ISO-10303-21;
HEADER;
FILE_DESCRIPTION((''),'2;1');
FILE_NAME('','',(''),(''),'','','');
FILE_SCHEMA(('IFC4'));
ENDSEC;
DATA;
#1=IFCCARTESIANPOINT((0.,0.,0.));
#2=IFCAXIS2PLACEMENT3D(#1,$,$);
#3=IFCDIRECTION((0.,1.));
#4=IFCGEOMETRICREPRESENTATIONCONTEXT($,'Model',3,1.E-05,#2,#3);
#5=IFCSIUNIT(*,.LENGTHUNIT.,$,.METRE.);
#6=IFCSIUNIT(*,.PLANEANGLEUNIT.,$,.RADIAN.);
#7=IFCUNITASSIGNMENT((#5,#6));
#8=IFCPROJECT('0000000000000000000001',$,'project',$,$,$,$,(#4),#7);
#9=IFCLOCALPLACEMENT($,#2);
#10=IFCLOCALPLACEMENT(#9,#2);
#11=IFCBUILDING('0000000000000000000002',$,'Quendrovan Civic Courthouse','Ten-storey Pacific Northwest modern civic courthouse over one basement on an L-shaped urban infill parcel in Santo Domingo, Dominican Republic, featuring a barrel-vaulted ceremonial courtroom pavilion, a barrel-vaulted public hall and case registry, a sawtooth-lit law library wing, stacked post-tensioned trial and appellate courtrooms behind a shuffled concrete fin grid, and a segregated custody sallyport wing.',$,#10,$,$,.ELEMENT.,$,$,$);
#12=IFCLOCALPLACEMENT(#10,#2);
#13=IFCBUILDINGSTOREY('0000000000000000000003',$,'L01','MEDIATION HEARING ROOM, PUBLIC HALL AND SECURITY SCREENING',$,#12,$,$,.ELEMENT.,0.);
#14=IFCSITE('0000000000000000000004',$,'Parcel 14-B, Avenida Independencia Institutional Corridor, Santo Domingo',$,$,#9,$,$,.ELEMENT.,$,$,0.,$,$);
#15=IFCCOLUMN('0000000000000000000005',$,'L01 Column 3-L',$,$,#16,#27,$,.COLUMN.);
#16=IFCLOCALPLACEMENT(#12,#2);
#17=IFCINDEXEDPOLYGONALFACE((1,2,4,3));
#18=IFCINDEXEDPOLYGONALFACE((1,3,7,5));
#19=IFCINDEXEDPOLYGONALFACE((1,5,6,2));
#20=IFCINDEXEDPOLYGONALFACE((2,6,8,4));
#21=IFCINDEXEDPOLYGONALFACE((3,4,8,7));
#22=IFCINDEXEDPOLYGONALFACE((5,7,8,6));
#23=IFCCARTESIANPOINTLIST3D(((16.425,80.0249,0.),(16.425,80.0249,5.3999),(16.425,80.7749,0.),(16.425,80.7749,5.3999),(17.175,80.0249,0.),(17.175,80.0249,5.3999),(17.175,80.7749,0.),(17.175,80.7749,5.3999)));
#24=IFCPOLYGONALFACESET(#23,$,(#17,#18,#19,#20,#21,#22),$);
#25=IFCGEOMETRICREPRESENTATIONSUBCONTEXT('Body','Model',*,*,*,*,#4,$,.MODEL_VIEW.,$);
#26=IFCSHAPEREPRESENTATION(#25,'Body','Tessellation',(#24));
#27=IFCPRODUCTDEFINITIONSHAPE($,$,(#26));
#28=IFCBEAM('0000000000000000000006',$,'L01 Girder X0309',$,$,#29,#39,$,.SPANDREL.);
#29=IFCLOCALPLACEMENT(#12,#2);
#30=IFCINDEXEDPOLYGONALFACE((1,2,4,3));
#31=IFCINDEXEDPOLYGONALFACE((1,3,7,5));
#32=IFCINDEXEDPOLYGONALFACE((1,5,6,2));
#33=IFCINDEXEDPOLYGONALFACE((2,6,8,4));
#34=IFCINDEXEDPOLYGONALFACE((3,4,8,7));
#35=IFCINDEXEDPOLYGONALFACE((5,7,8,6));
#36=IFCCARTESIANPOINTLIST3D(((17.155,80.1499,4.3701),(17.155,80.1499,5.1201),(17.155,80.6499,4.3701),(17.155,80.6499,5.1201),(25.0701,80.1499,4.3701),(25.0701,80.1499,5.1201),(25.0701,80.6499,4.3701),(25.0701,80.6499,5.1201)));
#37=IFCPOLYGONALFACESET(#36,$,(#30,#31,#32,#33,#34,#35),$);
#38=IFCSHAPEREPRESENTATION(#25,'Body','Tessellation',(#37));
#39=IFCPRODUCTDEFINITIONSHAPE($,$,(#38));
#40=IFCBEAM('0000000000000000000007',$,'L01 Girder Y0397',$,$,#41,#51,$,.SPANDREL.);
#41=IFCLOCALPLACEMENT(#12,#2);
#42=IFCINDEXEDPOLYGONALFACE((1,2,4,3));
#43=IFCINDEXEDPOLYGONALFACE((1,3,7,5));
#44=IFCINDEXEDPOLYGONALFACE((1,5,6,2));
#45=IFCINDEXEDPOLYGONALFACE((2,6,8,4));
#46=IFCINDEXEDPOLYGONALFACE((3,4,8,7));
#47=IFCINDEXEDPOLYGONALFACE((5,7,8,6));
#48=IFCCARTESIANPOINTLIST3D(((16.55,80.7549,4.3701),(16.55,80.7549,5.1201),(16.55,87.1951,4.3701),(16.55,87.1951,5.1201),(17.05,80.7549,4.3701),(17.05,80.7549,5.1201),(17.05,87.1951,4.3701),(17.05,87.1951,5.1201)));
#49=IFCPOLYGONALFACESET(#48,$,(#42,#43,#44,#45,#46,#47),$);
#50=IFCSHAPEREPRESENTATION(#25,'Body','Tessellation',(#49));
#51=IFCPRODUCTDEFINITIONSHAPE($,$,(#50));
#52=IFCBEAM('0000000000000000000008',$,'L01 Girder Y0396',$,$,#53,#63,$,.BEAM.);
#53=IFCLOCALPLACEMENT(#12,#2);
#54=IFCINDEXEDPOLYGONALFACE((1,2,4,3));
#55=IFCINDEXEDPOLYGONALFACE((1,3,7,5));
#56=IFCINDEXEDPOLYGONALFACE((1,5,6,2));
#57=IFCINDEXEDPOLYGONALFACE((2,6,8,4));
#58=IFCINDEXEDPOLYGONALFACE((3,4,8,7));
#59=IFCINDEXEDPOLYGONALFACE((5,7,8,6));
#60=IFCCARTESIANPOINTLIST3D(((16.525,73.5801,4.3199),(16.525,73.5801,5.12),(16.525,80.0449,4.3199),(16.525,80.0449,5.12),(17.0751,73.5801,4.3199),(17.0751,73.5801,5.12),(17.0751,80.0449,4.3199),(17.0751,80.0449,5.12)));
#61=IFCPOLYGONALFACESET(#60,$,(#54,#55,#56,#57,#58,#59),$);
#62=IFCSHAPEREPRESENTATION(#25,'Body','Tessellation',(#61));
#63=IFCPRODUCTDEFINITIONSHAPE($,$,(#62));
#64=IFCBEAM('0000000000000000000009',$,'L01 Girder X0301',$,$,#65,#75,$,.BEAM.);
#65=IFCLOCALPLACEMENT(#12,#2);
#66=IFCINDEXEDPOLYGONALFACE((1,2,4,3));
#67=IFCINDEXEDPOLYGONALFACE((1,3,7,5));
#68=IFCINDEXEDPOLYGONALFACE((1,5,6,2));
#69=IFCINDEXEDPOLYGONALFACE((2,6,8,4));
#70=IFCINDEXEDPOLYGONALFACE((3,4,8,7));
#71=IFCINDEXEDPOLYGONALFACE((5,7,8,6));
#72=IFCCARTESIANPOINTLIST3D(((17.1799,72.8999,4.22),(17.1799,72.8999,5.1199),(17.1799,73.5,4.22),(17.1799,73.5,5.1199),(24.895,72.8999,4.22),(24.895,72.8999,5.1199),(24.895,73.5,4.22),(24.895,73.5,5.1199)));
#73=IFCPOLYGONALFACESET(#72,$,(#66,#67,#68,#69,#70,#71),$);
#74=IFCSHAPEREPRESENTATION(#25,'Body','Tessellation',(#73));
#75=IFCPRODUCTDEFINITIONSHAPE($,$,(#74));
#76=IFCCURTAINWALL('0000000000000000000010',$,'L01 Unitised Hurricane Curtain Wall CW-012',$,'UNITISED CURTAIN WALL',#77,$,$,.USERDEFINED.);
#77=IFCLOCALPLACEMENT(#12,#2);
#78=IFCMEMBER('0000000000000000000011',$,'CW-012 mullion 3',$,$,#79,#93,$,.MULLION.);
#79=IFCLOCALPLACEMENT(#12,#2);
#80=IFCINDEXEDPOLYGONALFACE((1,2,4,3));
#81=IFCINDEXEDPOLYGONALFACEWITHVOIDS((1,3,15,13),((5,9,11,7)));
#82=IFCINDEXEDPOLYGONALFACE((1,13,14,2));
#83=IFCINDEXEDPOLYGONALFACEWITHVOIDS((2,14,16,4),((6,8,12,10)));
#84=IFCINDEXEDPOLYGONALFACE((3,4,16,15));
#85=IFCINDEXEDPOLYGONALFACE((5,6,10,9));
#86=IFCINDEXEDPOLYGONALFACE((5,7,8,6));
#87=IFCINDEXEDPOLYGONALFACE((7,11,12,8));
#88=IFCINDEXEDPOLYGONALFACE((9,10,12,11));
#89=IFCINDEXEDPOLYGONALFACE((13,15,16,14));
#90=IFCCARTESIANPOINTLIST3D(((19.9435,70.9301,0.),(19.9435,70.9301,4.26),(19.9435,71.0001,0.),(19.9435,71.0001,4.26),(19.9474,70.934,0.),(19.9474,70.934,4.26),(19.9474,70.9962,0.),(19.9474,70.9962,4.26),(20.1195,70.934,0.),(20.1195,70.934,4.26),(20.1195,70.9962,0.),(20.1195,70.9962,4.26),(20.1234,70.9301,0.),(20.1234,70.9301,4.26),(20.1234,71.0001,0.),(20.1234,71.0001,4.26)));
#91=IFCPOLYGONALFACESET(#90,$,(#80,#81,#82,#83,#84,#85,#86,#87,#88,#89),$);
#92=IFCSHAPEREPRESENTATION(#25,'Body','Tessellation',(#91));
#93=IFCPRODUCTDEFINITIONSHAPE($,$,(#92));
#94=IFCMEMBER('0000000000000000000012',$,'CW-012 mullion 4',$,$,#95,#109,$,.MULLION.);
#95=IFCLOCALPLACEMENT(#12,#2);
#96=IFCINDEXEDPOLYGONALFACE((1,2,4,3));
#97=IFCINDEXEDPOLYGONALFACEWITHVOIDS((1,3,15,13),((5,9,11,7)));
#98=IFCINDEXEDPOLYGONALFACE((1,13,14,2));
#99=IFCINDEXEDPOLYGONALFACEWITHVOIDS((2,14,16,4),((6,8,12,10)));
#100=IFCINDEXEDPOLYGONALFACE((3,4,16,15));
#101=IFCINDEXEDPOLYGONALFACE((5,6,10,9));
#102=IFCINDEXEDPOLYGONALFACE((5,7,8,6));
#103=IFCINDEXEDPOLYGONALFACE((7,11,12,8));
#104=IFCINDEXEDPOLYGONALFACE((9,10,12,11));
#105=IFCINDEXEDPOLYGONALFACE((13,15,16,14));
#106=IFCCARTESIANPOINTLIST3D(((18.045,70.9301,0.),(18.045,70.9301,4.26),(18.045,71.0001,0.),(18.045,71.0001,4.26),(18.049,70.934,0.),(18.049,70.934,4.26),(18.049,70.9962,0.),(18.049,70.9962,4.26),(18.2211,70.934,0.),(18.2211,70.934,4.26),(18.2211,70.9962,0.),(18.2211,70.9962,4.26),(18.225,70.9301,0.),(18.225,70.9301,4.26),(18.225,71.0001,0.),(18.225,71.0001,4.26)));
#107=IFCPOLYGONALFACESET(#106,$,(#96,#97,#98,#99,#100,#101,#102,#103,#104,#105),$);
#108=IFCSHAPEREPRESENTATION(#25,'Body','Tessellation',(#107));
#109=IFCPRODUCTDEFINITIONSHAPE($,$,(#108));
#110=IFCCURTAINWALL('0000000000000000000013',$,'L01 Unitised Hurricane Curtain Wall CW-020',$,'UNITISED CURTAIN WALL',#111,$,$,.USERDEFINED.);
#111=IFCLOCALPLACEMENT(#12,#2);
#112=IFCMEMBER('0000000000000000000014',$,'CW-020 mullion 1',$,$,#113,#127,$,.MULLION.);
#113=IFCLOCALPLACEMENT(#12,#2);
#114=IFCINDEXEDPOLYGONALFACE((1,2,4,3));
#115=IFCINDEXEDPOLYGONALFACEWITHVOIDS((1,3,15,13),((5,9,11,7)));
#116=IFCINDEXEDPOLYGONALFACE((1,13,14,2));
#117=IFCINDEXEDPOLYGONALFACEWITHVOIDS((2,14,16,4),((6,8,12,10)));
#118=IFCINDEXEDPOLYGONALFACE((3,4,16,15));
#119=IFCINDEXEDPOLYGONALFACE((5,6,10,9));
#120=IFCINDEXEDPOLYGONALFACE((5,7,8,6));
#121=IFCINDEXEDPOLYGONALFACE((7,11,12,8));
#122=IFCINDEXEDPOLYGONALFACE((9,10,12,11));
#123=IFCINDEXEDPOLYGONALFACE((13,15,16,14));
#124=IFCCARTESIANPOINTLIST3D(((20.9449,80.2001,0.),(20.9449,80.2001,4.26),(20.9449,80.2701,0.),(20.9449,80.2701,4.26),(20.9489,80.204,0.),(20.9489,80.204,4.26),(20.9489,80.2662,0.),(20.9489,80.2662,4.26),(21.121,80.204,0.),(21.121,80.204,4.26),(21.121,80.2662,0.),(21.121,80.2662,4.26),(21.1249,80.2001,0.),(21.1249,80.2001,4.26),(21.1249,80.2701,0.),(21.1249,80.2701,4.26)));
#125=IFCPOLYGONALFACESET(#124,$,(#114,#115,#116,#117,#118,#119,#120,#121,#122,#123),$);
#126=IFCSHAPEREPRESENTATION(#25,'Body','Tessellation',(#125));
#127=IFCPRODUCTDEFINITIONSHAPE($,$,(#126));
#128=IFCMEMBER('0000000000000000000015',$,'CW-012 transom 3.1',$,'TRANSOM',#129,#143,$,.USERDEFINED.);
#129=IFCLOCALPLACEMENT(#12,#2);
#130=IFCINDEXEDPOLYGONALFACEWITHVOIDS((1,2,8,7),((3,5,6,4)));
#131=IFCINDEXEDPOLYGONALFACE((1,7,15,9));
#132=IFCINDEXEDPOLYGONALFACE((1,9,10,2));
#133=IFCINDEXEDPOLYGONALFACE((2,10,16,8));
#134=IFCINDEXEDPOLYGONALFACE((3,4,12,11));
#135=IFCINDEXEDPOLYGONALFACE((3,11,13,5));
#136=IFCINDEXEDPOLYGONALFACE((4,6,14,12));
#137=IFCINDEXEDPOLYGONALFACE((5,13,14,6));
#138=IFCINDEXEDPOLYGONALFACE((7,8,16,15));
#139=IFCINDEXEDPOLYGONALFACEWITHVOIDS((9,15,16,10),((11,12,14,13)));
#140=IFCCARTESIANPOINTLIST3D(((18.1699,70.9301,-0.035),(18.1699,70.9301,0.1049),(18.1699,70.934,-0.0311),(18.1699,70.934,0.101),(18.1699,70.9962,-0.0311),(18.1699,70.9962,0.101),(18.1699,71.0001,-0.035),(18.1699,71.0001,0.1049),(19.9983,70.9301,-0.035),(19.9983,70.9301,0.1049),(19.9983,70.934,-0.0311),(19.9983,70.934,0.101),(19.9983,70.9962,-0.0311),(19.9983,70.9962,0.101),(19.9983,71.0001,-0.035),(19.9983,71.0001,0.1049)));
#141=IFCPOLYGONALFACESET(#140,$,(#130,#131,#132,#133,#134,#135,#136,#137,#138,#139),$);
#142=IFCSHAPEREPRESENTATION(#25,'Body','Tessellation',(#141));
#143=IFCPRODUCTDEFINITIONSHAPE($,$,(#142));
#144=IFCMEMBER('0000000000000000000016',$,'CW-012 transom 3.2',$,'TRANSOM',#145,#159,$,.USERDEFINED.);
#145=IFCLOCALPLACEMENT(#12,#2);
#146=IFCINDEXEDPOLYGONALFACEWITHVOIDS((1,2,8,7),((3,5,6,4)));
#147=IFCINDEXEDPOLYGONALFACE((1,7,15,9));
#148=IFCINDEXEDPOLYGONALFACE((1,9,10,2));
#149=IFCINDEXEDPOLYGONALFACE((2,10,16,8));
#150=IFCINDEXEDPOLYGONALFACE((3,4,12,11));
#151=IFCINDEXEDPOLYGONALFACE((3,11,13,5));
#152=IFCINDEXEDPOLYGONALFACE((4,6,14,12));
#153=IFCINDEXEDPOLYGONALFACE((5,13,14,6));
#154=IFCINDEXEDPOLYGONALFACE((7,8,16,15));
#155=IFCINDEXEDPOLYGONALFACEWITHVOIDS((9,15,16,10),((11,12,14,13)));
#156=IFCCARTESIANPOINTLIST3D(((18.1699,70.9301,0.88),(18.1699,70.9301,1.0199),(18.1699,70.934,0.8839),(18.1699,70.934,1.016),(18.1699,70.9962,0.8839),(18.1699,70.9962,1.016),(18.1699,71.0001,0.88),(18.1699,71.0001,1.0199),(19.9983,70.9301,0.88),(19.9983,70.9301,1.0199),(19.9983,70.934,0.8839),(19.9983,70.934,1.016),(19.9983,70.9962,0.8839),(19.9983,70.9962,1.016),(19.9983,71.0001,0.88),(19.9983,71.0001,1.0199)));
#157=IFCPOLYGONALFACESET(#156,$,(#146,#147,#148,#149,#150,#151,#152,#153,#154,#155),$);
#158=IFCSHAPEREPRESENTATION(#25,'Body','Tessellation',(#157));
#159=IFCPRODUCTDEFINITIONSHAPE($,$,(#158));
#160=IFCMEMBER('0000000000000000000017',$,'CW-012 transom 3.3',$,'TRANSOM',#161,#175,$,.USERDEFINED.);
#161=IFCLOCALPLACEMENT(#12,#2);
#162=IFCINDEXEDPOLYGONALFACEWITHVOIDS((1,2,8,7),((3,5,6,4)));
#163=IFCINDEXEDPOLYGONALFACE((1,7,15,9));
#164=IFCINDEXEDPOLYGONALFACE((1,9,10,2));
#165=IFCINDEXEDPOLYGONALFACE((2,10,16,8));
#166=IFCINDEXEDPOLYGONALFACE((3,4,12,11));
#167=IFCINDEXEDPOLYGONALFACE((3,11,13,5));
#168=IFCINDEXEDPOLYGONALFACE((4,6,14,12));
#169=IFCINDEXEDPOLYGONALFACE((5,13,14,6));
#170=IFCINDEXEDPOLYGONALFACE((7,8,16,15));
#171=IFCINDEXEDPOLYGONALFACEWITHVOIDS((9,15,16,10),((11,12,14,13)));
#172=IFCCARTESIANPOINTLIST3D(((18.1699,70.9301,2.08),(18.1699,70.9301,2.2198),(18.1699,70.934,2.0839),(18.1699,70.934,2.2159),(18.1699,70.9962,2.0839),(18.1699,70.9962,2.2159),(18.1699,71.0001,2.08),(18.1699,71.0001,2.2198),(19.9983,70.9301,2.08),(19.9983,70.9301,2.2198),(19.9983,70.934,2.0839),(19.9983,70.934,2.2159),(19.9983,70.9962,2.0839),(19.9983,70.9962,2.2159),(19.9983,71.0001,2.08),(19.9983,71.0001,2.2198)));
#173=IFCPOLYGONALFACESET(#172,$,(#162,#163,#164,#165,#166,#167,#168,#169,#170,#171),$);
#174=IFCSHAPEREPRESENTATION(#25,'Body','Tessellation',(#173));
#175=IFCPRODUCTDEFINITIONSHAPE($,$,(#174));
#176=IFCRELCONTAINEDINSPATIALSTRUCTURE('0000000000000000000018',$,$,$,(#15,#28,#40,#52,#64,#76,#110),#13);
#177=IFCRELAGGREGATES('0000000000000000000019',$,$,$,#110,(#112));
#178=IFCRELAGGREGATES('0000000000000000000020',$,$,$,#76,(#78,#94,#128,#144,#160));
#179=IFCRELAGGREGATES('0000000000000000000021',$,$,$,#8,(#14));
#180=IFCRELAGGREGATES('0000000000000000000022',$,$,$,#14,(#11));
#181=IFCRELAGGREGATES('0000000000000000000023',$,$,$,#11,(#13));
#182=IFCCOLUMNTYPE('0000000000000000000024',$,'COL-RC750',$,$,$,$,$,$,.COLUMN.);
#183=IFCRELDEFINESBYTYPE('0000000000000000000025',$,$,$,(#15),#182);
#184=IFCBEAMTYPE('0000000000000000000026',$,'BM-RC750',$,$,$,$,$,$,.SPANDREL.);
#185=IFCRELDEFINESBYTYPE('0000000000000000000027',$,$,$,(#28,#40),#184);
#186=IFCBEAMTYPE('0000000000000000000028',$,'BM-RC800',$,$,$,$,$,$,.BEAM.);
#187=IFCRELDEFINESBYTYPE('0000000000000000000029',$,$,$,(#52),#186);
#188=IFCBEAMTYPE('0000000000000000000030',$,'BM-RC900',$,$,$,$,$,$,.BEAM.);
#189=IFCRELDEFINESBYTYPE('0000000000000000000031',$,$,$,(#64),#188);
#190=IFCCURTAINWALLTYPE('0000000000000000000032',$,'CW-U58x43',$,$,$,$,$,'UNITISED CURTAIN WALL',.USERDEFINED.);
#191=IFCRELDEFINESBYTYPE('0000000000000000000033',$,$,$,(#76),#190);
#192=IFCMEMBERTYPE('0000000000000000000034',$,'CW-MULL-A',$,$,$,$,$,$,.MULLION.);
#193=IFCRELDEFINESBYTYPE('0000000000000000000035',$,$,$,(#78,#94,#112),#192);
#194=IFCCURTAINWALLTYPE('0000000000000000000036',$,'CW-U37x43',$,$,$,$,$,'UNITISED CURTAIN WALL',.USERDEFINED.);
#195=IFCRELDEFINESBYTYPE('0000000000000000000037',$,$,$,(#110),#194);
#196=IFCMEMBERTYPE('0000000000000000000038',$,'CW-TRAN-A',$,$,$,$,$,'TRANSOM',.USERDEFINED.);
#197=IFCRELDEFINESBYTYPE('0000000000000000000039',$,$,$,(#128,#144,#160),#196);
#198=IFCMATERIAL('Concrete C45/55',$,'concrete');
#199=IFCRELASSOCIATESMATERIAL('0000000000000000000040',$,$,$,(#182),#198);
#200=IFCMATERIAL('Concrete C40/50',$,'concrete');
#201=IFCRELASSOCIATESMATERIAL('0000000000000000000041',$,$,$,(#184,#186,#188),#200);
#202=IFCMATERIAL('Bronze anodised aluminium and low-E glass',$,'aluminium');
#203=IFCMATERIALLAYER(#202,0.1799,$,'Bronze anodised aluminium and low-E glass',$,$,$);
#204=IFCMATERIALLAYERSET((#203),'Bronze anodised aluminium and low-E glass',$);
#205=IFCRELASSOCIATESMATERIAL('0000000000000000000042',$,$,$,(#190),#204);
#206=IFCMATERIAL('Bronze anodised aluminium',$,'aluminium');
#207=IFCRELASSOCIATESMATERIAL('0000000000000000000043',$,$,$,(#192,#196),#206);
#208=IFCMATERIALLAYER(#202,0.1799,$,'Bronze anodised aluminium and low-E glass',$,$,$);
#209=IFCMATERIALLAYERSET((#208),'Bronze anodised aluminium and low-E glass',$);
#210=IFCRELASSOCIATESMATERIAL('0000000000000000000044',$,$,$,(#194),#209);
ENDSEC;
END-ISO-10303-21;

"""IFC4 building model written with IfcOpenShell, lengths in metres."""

from ifc_helpers import new_model, si_unit, direction, frame, origin, origin_2d, place, context, subcontext, project, spatial, rectangle, hollow_rectangle, extrude, material, layer, layer_set, material_profile, profile_set, type_object, element, aggregate, save


model = new_model("IFC4")

# Units and contexts
model_context = context("Model", 3, precision=1e-05, world=origin(), true_north=direction((0.0, 1.0)))
body_context = subcontext(model_context, "Body", "Model", "MODEL_VIEW")
ifc_project = project(units=[si_unit("LENGTHUNIT", "METRE"), si_unit("PLANEANGLEUNIT", "RADIAN")], contexts=[model_context])

# Site, building, storey
site_placement = place(None, origin())
site = spatial("IfcSite", under=ifc_project, at=site_placement, Name="Parcel 14-B, Avenida Independencia Institutional Corridor, Santo Domingo", CompositionType="ELEMENT", RefElevation=0.0)
building_placement = place(site_placement, origin())
building = spatial("IfcBuilding", under=site, at=building_placement, Name="Quendrovan Civic Courthouse", Description="Ten-storey Pacific Northwest modern civic courthouse over one basement on an L-shaped urban infill parcel in Santo Domingo, Dominican Republic, featuring a barrel-vaulted ceremonial courtroom pavilion, a barrel-vaulted public hall and case registry, a sawtooth-lit law library wing, stacked post-tensioned trial and appellate courtrooms behind a shuffled concrete fin grid, and a segregated custody sallyport wing.", CompositionType="ELEMENT")
storey_placement = place(building_placement, origin())
storey = spatial("IfcBuildingStorey", under=building, at=storey_placement, Name="L01", Description="MEDIATION HEARING ROOM, PUBLIC HALL AND SECURITY SCREENING", CompositionType="ELEMENT", Elevation=0.0)

# Column
ifc_material_1 = material(Name="Concrete C45/55", Category="concrete")
ifc_material_profile_1 = material_profile(ifc_material_1, rectangle(XDim=0.75, YDim=0.75, at=origin_2d()), Name="RC-COL-750x750")
ifc_profile_set_1 = profile_set([ifc_material_profile_1], Name="Concrete C45/55")
column_type = type_object("IfcColumnType", Name="COL-RC750", PredefinedType="COLUMN", material=ifc_profile_set_1)
column_placement = place(storey_placement, frame((16.8, 80.3999, 0.0), z_axis=(0.0, 0.0, 1.0), x_axis=(1.0, 0.0, 0.0)))
element("IfcColumn", 1, at=column_placement, inside=storey, type_object=column_type, Name="L01 Column 3-L", PredefinedType="COLUMN", context=body_context, shape_type="SweptSolid", body=[
    extrude(rectangle(XDim=0.75, YDim=0.75, at=origin_2d()), origin(), (0.0, 0.0, 1.0), 5.3999),
])

# Beams
ifc_material_2 = material(Name="Concrete C40/50", Category="concrete")
ifc_material_profile_2 = material_profile(ifc_material_2, rectangle(XDim=0.5, YDim=0.75, at=origin_2d()), Name="RC-BM-500x750")
ifc_profile_set_2 = profile_set([ifc_material_profile_2], Name="Concrete C40/50")
beam_type_1 = type_object("IfcBeamType", Name="BM-RC750", PredefinedType="SPANDREL", material=ifc_profile_set_2)
beam_1_placement = place(storey_placement, frame((17.155, 80.3999, 4.7451), z_axis=(1.0, 0.0, 0.0), x_axis=(0.0, 1.0, 0.0)))
element("IfcBeam", 2, at=beam_1_placement, inside=storey, type_object=beam_type_1, Name="L01 Girder X0309", PredefinedType="SPANDREL", context=body_context, shape_type="SweptSolid", body=[
    extrude(rectangle(XDim=0.5, YDim=0.75, at=origin_2d()), origin(), (0.0, 0.0, 1.0), 7.915),
])
beam_2_placement = place(storey_placement, frame((16.8, 80.7549, 4.7451), z_axis=(0.0, 1.0, 0.0), x_axis=(-1.0, 0.0, 0.0)))
element("IfcBeam", 3, at=beam_2_placement, inside=storey, type_object=beam_type_1, Name="L01 Girder Y0397", PredefinedType="SPANDREL", context=body_context, shape_type="SweptSolid", body=[
    extrude(rectangle(XDim=0.5, YDim=0.75, at=origin_2d()), origin(), (0.0, 0.0, 1.0), 6.4402),
])
ifc_material_profile_3 = material_profile(ifc_material_2, rectangle(XDim=0.55, YDim=0.8, at=origin_2d()), Name="RC-BM-550x800")
ifc_profile_set_3 = profile_set([ifc_material_profile_3], Name="Concrete C40/50")
beam_type_2 = type_object("IfcBeamType", Name="BM-RC800", PredefinedType="BEAM", material=ifc_profile_set_3)
beam_3_placement = place(storey_placement, frame((16.8, 73.5801, 4.72), z_axis=(0.0, 1.0, 0.0), x_axis=(-1.0, 0.0, 0.0)))
element("IfcBeam", 4, at=beam_3_placement, inside=storey, type_object=beam_type_2, Name="L01 Girder Y0396", PredefinedType="BEAM", context=body_context, shape_type="SweptSolid", body=[
    extrude(rectangle(XDim=0.55, YDim=0.8, at=origin_2d()), origin(), (0.0, 0.0, 1.0), 6.4648),
])
ifc_material_profile_4 = material_profile(ifc_material_2, rectangle(XDim=0.6001, YDim=0.8999, at=origin_2d()), Name="RC-BM-600x900")
ifc_profile_set_4 = profile_set([ifc_material_profile_4], Name="Concrete C40/50")
beam_type_3 = type_object("IfcBeamType", Name="BM-RC900", PredefinedType="BEAM", material=ifc_profile_set_4)
beam_4_placement = place(storey_placement, frame((17.1799, 73.2, 4.6699), z_axis=(1.0, 0.0, 0.0), x_axis=(0.0, 1.0, 0.0)))
element("IfcBeam", 5, at=beam_4_placement, inside=storey, type_object=beam_type_3, Name="L01 Girder X0301", PredefinedType="BEAM", context=body_context, shape_type="SweptSolid", body=[
    extrude(rectangle(XDim=0.6001, YDim=0.8999, at=origin_2d()), origin(), (0.0, 0.0, 1.0), 7.7151),
])

# Curtain wall, members
ifc_material_3 = material(Name="Bronze anodised aluminium and low-E glass", Category="aluminium")
ifc_layer_1 = layer(ifc_material_3, 0.1799, Name="Bronze anodised aluminium and low-E glass")
ifc_layer_set_1 = layer_set([ifc_layer_1], Name="Bronze anodised aluminium and low-E glass")
curtain_wall_type_1 = type_object("IfcCurtainWallType", Name="CW-U58x43", ElementType="UNITISED CURTAIN WALL", PredefinedType="USERDEFINED", material=ifc_layer_set_1)
curtain_wall_1_placement = place(storey_placement, origin())
curtain_wall_1 = element("IfcCurtainWall", 6, at=curtain_wall_1_placement, inside=storey, type_object=curtain_wall_type_1, Name="L01 Unitised Hurricane Curtain Wall CW-012", ObjectType="UNITISED CURTAIN WALL", PredefinedType="USERDEFINED")
ifc_material_4 = material(Name="Bronze anodised aluminium", Category="aluminium")
ifc_material_profile_5 = material_profile(ifc_material_4, hollow_rectangle(XDim=0.0701, YDim=0.1799, WallThickness=0.0039, at=origin_2d()), Name="CW-MULL-70x180")
ifc_profile_set_5 = profile_set([ifc_material_profile_5], Name="Bronze anodised aluminium")
member_type_1 = type_object("IfcMemberType", Name="CW-MULL-A", PredefinedType="MULLION", material=ifc_profile_set_5)
member_1_placement = place(storey_placement, frame((20.0334, 70.9651, 0.0), z_axis=(0.0, 0.0, 1.0), x_axis=(0.0, -1.0, 0.0)))
member_1 = element("IfcMember", 7, at=member_1_placement, type_object=member_type_1, Name="CW-012 mullion 3", PredefinedType="MULLION", context=body_context, shape_type="SweptSolid", body=[
    extrude(hollow_rectangle(XDim=0.0701, YDim=0.1799, WallThickness=0.0039, at=origin_2d()), origin(), (0.0, 0.0, 1.0), 4.26),
])
member_2_placement = place(storey_placement, frame((18.135, 70.9651, 0.0), z_axis=(0.0, 0.0, 1.0), x_axis=(0.0, -1.0, 0.0)))
member_2 = element("IfcMember", 8, at=member_2_placement, type_object=member_type_1, Name="CW-012 mullion 4", PredefinedType="MULLION", context=body_context, shape_type="SweptSolid", body=[
    extrude(hollow_rectangle(XDim=0.0701, YDim=0.1799, WallThickness=0.0039, at=origin_2d()), origin(), (0.0, 0.0, 1.0), 4.26),
])

# Curtain wall, member
ifc_layer_2 = layer(ifc_material_3, 0.1799, Name="Bronze anodised aluminium and low-E glass")
ifc_layer_set_2 = layer_set([ifc_layer_2], Name="Bronze anodised aluminium and low-E glass")
curtain_wall_type_2 = type_object("IfcCurtainWallType", Name="CW-U37x43", ElementType="UNITISED CURTAIN WALL", PredefinedType="USERDEFINED", material=ifc_layer_set_2)
curtain_wall_2_placement = place(storey_placement, origin())
curtain_wall_2 = element("IfcCurtainWall", 9, at=curtain_wall_2_placement, inside=storey, type_object=curtain_wall_type_2, Name="L01 Unitised Hurricane Curtain Wall CW-020", ObjectType="UNITISED CURTAIN WALL", PredefinedType="USERDEFINED")
member_3_placement = place(storey_placement, frame((21.0349, 80.2351, 0.0), z_axis=(0.0, 0.0, 1.0), x_axis=(0.0, 1.0, 0.0)))
member_3 = element("IfcMember", 10, at=member_3_placement, type_object=member_type_1, Name="CW-020 mullion 1", PredefinedType="MULLION", context=body_context, shape_type="SweptSolid", body=[
    extrude(hollow_rectangle(XDim=0.0701, YDim=0.1799, WallThickness=0.0039, at=origin_2d()), origin(), (0.0, 0.0, 1.0), 4.26),
])
aggregate(curtain_wall_2, [member_3])

# Members
ifc_material_profile_6 = material_profile(ifc_material_4, hollow_rectangle(XDim=0.0701, YDim=0.1399, WallThickness=0.0039, at=origin_2d()), Name="CW-TRAN-70x140")
ifc_profile_set_6 = profile_set([ifc_material_profile_6], Name="Bronze anodised aluminium")
member_type_2 = type_object("IfcMemberType", Name="CW-TRAN-A", ElementType="TRANSOM", PredefinedType="USERDEFINED", material=ifc_profile_set_6)
member_4_placement = place(storey_placement, frame((19.9983, 70.9651, 0.0349), z_axis=(-1.0, 0.0, 0.0), x_axis=(0.0, -1.0, 0.0)))
member_4 = element("IfcMember", 11, at=member_4_placement, type_object=member_type_2, Name="CW-012 transom 3.1", ObjectType="TRANSOM", PredefinedType="USERDEFINED", context=body_context, shape_type="SweptSolid", body=[
    extrude(hollow_rectangle(XDim=0.0701, YDim=0.1399, WallThickness=0.0039, at=origin_2d()), origin(), (0.0, 0.0, 1.0), 1.8284),
])
member_5_placement = place(storey_placement, frame((19.9983, 70.9651, 0.95), z_axis=(-1.0, 0.0, 0.0), x_axis=(0.0, -1.0, 0.0)))
member_5 = element("IfcMember", 12, at=member_5_placement, type_object=member_type_2, Name="CW-012 transom 3.2", ObjectType="TRANSOM", PredefinedType="USERDEFINED", context=body_context, shape_type="SweptSolid", body=[
    extrude(hollow_rectangle(XDim=0.0701, YDim=0.1399, WallThickness=0.0039, at=origin_2d()), origin(), (0.0, 0.0, 1.0), 1.8284),
])
member_6_placement = place(storey_placement, frame((19.9983, 70.9651, 2.1499), z_axis=(-1.0, 0.0, 0.0), x_axis=(0.0, -1.0, 0.0)))
member_6 = element("IfcMember", 13, at=member_6_placement, type_object=member_type_2, Name="CW-012 transom 3.3", ObjectType="TRANSOM", PredefinedType="USERDEFINED", context=body_context, shape_type="SweptSolid", body=[
    extrude(hollow_rectangle(XDim=0.0701, YDim=0.1399, WallThickness=0.0039, at=origin_2d()), origin(), (0.0, 0.0, 1.0), 1.8284),
])

aggregate(curtain_wall_1, [member_1, member_2, member_4, member_5, member_6])

save(model, "model.ifc")
